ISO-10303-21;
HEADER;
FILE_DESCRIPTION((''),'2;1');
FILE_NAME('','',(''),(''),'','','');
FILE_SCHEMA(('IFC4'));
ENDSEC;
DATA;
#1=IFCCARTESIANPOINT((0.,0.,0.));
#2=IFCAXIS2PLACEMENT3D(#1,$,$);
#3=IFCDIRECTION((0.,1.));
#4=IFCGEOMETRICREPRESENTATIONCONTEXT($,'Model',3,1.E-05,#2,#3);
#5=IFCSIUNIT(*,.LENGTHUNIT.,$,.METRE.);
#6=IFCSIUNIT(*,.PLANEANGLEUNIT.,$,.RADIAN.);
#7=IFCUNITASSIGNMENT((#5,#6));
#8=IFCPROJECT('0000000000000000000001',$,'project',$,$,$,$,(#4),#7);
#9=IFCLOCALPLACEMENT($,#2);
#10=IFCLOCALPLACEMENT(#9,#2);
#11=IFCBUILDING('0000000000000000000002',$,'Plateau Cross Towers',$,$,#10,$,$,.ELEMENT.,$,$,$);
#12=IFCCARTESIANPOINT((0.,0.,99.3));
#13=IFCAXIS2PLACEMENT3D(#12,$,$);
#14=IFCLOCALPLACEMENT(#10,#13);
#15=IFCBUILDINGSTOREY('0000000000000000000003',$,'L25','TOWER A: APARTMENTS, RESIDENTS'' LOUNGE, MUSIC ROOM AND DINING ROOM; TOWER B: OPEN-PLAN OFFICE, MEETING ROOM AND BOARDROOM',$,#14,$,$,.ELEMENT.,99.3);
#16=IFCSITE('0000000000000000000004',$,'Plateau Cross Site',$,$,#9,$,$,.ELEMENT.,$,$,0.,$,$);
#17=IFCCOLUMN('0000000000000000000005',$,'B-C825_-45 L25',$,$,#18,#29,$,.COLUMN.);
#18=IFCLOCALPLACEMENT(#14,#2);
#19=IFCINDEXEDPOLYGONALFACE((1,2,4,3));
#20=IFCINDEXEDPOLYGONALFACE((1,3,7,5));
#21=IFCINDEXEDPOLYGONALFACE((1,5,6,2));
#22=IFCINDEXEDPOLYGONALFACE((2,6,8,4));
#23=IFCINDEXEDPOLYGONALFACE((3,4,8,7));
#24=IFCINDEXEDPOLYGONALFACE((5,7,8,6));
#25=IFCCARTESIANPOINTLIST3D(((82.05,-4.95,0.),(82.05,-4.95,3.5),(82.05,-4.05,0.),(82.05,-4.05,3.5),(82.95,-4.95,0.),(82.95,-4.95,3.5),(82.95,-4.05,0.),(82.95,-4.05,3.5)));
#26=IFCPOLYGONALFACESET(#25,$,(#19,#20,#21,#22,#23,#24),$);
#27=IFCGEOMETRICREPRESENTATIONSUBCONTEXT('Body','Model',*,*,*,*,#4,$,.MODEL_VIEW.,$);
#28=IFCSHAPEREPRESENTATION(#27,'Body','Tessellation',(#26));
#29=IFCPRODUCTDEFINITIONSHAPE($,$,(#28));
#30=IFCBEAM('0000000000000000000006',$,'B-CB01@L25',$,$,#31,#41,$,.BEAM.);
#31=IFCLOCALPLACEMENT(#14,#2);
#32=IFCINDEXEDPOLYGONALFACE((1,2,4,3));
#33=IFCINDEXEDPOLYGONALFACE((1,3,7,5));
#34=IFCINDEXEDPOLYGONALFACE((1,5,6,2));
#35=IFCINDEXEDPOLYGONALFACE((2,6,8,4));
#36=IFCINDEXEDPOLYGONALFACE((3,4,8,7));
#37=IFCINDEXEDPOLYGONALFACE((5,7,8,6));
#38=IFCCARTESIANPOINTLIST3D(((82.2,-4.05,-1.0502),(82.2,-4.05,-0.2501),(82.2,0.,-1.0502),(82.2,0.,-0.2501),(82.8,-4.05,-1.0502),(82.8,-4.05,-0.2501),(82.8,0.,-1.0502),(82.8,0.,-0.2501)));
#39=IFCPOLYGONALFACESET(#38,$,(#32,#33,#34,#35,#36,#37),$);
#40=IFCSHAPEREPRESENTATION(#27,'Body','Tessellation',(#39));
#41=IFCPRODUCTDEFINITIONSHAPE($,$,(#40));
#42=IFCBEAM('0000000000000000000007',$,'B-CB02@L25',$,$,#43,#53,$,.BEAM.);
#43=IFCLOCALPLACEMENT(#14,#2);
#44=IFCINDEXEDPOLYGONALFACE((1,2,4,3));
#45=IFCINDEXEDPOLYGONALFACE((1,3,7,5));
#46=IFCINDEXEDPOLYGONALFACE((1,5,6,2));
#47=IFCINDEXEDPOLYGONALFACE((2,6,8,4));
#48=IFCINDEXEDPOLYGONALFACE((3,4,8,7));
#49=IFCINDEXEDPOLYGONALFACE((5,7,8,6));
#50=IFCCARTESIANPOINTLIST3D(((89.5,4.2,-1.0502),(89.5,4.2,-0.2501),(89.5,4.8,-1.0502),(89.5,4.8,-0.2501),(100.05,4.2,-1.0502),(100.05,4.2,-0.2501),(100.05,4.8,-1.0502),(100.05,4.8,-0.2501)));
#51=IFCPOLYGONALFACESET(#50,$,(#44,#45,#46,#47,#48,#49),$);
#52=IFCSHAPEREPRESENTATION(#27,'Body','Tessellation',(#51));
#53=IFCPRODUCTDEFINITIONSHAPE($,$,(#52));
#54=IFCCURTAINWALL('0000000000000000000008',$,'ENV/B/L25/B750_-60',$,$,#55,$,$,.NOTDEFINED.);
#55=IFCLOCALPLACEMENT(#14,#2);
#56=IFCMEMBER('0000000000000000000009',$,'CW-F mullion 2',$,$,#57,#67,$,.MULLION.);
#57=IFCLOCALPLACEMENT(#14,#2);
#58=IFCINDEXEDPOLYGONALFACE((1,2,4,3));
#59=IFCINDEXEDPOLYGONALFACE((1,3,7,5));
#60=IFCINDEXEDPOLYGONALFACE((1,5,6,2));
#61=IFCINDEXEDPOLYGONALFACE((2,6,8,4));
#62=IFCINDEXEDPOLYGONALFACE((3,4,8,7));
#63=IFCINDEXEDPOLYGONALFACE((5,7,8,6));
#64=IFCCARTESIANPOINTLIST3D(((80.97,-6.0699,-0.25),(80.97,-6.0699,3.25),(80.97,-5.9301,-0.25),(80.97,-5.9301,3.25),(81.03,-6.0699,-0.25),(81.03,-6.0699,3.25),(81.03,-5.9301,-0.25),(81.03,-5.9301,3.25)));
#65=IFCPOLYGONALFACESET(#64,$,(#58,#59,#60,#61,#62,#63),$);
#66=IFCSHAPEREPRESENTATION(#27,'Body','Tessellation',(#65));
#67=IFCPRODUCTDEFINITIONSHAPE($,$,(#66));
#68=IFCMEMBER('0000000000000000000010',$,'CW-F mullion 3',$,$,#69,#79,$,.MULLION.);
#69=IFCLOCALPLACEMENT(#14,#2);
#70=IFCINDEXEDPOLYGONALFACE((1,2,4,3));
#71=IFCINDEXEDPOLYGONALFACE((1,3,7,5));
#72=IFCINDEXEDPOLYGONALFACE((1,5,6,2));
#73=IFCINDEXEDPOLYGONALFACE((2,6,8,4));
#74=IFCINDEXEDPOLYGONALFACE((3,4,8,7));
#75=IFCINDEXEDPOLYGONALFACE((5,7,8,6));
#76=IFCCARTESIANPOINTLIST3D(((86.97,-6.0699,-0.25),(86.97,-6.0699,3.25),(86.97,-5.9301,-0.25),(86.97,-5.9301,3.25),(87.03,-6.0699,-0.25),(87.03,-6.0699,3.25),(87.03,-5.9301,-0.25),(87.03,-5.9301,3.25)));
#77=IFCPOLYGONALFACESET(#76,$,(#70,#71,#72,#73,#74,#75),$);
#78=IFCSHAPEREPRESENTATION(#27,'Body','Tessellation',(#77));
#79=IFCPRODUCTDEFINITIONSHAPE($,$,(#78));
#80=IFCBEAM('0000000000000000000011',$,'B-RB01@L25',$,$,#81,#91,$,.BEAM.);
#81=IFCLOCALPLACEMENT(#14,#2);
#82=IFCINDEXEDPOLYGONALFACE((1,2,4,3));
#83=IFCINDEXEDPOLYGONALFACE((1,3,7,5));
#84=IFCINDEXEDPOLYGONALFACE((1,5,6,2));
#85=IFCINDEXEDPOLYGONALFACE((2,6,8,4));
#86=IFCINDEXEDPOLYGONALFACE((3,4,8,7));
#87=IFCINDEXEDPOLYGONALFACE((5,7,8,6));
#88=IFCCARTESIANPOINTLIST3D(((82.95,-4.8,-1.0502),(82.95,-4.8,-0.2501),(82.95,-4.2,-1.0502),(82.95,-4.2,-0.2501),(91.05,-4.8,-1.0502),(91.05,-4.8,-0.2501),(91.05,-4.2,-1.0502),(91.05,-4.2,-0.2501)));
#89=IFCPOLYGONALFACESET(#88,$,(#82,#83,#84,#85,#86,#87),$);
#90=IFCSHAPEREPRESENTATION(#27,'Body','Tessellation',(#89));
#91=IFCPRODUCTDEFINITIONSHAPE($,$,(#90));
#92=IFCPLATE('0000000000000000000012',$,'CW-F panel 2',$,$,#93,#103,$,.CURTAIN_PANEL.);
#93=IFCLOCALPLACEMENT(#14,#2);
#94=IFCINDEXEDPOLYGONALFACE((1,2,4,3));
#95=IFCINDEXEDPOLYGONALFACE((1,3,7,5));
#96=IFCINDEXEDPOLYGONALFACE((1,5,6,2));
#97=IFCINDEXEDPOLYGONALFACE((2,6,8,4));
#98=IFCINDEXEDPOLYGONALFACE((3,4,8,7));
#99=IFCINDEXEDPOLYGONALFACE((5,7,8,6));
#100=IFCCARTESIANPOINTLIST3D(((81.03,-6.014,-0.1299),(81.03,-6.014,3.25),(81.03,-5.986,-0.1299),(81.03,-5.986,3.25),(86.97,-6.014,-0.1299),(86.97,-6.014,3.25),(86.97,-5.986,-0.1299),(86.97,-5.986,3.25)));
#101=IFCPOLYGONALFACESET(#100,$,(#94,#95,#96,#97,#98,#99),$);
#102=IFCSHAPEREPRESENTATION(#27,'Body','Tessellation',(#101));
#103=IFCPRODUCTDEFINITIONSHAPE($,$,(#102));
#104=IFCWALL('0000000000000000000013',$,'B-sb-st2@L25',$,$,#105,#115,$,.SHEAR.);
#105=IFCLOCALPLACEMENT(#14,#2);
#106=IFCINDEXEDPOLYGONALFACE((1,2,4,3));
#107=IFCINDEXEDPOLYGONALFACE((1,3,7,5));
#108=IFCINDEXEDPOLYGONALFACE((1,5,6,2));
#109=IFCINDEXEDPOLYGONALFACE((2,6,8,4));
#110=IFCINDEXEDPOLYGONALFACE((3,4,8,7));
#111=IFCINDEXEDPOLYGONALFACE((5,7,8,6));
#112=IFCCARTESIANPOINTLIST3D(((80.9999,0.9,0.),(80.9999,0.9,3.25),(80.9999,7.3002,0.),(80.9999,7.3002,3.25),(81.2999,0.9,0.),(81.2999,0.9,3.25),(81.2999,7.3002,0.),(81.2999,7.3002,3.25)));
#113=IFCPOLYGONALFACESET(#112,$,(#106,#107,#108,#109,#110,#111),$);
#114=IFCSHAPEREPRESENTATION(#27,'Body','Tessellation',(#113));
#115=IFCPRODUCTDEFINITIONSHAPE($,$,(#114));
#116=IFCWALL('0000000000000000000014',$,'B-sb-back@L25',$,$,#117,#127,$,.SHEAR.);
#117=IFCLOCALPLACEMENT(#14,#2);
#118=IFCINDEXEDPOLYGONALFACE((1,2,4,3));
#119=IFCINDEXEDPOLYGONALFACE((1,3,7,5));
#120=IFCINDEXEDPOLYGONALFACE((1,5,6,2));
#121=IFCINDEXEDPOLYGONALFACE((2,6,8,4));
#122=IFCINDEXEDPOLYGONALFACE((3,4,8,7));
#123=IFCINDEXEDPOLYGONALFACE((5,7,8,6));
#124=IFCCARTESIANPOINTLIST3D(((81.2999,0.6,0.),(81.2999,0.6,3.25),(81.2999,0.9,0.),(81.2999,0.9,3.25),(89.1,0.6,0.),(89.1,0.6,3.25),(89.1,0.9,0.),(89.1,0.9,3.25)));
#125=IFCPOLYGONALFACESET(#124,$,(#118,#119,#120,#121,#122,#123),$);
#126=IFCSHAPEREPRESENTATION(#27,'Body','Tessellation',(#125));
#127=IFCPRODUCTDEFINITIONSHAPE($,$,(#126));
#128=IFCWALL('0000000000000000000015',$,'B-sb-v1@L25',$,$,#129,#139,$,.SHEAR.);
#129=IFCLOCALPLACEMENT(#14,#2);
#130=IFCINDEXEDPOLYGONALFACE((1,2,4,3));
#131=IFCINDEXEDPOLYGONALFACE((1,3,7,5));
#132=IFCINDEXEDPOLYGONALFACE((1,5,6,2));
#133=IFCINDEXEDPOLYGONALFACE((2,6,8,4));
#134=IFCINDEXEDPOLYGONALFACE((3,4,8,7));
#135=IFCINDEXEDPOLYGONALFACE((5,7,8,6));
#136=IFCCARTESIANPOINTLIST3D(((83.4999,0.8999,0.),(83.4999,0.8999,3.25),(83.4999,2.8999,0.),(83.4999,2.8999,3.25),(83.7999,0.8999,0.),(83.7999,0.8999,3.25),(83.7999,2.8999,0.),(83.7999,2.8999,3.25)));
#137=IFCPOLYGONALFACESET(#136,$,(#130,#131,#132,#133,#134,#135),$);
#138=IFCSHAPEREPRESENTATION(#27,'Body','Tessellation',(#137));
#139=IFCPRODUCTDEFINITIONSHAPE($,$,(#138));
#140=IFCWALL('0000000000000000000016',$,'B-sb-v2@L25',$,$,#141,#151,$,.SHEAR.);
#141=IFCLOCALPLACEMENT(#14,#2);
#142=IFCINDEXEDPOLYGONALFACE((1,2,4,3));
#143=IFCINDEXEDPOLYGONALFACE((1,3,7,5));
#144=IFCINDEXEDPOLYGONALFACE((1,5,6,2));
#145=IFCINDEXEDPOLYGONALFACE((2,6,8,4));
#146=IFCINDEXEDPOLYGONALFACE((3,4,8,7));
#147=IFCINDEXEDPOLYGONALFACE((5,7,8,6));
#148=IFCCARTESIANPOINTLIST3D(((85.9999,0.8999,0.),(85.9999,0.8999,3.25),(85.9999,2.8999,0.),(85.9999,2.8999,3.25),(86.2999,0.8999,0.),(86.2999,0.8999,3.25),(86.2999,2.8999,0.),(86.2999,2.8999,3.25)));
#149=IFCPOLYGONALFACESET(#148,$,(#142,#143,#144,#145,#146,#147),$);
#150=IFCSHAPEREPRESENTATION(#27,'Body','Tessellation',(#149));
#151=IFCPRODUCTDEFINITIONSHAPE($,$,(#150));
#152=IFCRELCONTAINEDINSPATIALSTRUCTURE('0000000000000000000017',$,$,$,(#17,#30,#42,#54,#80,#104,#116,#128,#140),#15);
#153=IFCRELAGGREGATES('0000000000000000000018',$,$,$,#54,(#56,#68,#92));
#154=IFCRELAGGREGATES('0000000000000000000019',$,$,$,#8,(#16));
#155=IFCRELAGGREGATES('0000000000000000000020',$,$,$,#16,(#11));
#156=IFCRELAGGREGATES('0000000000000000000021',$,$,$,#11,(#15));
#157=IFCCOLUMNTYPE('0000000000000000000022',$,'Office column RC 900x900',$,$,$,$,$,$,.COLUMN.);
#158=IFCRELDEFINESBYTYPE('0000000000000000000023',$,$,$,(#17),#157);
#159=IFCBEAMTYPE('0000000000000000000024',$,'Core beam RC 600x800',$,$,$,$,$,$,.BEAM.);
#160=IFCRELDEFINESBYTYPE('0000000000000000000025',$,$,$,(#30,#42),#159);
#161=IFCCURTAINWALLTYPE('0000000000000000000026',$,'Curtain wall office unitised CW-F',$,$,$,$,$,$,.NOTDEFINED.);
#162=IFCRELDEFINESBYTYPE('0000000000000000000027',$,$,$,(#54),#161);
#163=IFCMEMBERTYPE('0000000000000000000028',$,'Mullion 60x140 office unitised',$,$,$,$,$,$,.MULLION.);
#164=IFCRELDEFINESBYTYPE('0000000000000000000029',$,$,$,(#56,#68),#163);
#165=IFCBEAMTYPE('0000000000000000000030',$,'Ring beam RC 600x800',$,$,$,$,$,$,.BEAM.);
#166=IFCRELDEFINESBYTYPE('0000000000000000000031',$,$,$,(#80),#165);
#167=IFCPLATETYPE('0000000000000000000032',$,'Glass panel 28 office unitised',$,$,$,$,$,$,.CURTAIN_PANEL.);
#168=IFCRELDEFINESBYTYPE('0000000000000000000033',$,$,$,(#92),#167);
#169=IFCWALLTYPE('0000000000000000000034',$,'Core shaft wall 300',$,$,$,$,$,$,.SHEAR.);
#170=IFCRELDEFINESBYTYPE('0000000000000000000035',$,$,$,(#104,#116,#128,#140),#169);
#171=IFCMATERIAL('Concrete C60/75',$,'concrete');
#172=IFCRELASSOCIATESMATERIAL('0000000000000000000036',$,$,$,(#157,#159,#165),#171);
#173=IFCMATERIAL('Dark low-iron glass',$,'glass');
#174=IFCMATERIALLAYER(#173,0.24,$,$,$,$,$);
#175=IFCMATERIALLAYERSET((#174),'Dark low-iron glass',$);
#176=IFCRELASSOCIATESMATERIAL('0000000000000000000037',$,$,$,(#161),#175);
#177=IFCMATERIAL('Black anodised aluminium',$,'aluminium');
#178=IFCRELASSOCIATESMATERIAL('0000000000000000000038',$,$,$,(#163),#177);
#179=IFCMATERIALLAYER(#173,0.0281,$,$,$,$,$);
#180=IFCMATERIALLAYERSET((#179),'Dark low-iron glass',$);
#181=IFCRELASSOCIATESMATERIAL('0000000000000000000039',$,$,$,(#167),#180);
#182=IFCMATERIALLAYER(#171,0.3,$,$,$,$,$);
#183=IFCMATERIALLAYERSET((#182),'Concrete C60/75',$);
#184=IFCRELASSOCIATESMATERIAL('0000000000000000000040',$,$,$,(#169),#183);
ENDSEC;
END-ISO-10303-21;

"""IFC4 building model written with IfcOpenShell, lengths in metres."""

from ifc_helpers import new_model, si_unit, direction, frame, frame_2d, origin, origin_2d, place, context, subcontext, project, spatial, rectangle, extrude, material, layer, layer_set, material_profile, profile_set, type_object, element, aggregate, save


model = new_model("IFC4")

# Units and contexts
model_context = context("Model", 3, precision=1e-05, world=origin(), true_north=direction((0.0, 1.0)))
body_context = subcontext(model_context, "Body", "Model", "MODEL_VIEW")
ifc_project = project(units=[si_unit("LENGTHUNIT", "METRE"), si_unit("PLANEANGLEUNIT", "RADIAN")], contexts=[model_context])

# Site, building, storey
site_placement = place(None, origin())
site = spatial("IfcSite", under=ifc_project, at=site_placement, Name="Plateau Cross Site", CompositionType="ELEMENT", RefElevation=0.0)
building_placement = place(site_placement, origin())
building = spatial("IfcBuilding", under=site, at=building_placement, Name="Plateau Cross Towers", CompositionType="ELEMENT")
storey_placement = place(building_placement, frame((0.0, 0.0, 99.3)))
storey = spatial("IfcBuildingStorey", under=building, at=storey_placement, Name="L25", Description="TOWER A: APARTMENTS, RESIDENTS' LOUNGE, MUSIC ROOM AND DINING ROOM; TOWER B: OPEN-PLAN OFFICE, MEETING ROOM AND BOARDROOM", CompositionType="ELEMENT", Elevation=99.3)

# Column
ifc_material_1 = material(Name="Concrete C60/75", Category="concrete")
ifc_material_profile_1 = material_profile(ifc_material_1, rectangle(XDim=0.8999, YDim=0.8999, at=origin_2d()), Name="RC 900x900")
ifc_profile_set_1 = profile_set([ifc_material_profile_1], Name="Concrete C60/75")
column_type = type_object("IfcColumnType", Name="Office column RC 900x900", PredefinedType="COLUMN", material=ifc_profile_set_1)
column_placement = place(storey_placement, frame((82.5, -4.5, 0.0), z_axis=(0.0, 0.0, 1.0), x_axis=(1.0, 0.0, 0.0)))
element("IfcColumn", 1, at=column_placement, inside=storey, type_object=column_type, Name="B-C825_-45 L25", PredefinedType="COLUMN", context=body_context, shape_type="SweptSolid", body=[
    extrude(rectangle(XDim=0.8999, YDim=0.8999, at=origin_2d()), origin(), (0.0, 0.0, 1.0), 3.5),
])

# Beams
ifc_material_profile_2 = material_profile(ifc_material_1, rectangle(XDim=0.6001, YDim=0.8, at=origin_2d()), Name="RC 600x800")
ifc_profile_set_2 = profile_set([ifc_material_profile_2], Name="Concrete C60/75")
beam_type_1 = type_object("IfcBeamType", Name="Core beam RC 600x800", PredefinedType="BEAM", material=ifc_profile_set_2)
beam_1_placement = place(storey_placement, frame((82.5, 0.0, -0.6501), z_axis=(0.0, -1.0, 0.0), x_axis=(1.0, 0.0, 0.0)))
element("IfcBeam", 2, at=beam_1_placement, inside=storey, type_object=beam_type_1, Name="B-CB01@L25", PredefinedType="BEAM", context=body_context, shape_type="SweptSolid", body=[
    extrude(rectangle(XDim=0.6001, YDim=0.8, at=origin_2d()), origin(), (0.0, 0.0, 1.0), 4.05),
])
beam_2_placement = place(storey_placement, frame((89.5, 4.5, -0.6501), z_axis=(1.0, 0.0, 0.0), x_axis=(0.0, 1.0, 0.0)))
element("IfcBeam", 3, at=beam_2_placement, inside=storey, type_object=beam_type_1, Name="B-CB02@L25", PredefinedType="BEAM", context=body_context, shape_type="SweptSolid", body=[
    extrude(rectangle(XDim=0.6001, YDim=0.8, at=origin_2d()), origin(), (0.0, 0.0, 1.0), 10.55),
])

# Curtain wall, members
ifc_material_2 = material(Name="Dark low-iron glass", Category="glass")
ifc_layer_1 = layer(ifc_material_2, 0.24)
ifc_layer_set_1 = layer_set([ifc_layer_1], Name="Dark low-iron glass")
curtain_wall_type = type_object("IfcCurtainWallType", Name="Curtain wall office unitised CW-F", PredefinedType="NOTDEFINED", material=ifc_layer_set_1)
curtain_wall_placement = place(storey_placement, origin())
curtain_wall = element("IfcCurtainWall", 4, at=curtain_wall_placement, inside=storey, type_object=curtain_wall_type, Name="ENV/B/L25/B750_-60", PredefinedType="NOTDEFINED")
ifc_material_3 = material(Name="Black anodised aluminium", Category="aluminium")
ifc_material_profile_3 = material_profile(ifc_material_3, rectangle(XDim=0.0601, YDim=0.1399, at=origin_2d()), Name="MULLION 60x140")
ifc_profile_set_3 = profile_set([ifc_material_profile_3], Name="Black anodised aluminium")
member_type = type_object("IfcMemberType", Name="Mullion 60x140 office unitised", PredefinedType="MULLION", material=ifc_profile_set_3)
member_1_placement = place(storey_placement, frame((81.0, -6.0, -0.25), z_axis=(0.0, 0.0, 1.0), x_axis=(1.0, 0.0, 0.0)))
member_1 = element("IfcMember", 5, at=member_1_placement, type_object=member_type, Name="CW-F mullion 2", PredefinedType="MULLION", context=body_context, shape_type="SweptSolid", body=[
    extrude(rectangle(XDim=0.0601, YDim=0.1399, at=origin_2d()), origin(), (0.0, 0.0, 1.0), 3.5),
])
member_2_placement = place(storey_placement, frame((87.0, -6.0, -0.25), z_axis=(0.0, 0.0, 1.0), x_axis=(1.0, 0.0, 0.0)))
member_2 = element("IfcMember", 6, at=member_2_placement, type_object=member_type, Name="CW-F mullion 3", PredefinedType="MULLION", context=body_context, shape_type="SweptSolid", body=[
    extrude(rectangle(XDim=0.0601, YDim=0.1399, at=origin_2d()), origin(), (0.0, 0.0, 1.0), 3.5),
])

# Beam
ifc_material_profile_4 = material_profile(ifc_material_1, rectangle(XDim=0.6001, YDim=0.8, at=origin_2d()), Name="RC 600x800")
ifc_profile_set_4 = profile_set([ifc_material_profile_4], Name="Concrete C60/75")
beam_type_2 = type_object("IfcBeamType", Name="Ring beam RC 600x800", PredefinedType="BEAM", material=ifc_profile_set_4)
beam_3_placement = place(storey_placement, frame((82.95, -4.5, -0.6501), z_axis=(1.0, 0.0, 0.0), x_axis=(0.0, 1.0, 0.0)))
element("IfcBeam", 7, at=beam_3_placement, inside=storey, type_object=beam_type_2, Name="B-RB01@L25", PredefinedType="BEAM", context=body_context, shape_type="SweptSolid", body=[
    extrude(rectangle(XDim=0.6001, YDim=0.8, at=origin_2d()), origin(), (0.0, 0.0, 1.0), 8.1001),
])

# Plate
ifc_layer_2 = layer(ifc_material_2, 0.0281)
ifc_layer_set_2 = layer_set([ifc_layer_2], Name="Dark low-iron glass")
plate_type = type_object("IfcPlateType", Name="Glass panel 28 office unitised", PredefinedType="CURTAIN_PANEL", material=ifc_layer_set_2)
plate_placement = place(storey_placement, frame((84.0, -6.0, -0.1299), z_axis=(0.0, 0.0, 1.0), x_axis=(1.0, 0.0, 0.0)))
plate = element("IfcPlate", 8, at=plate_placement, type_object=plate_type, Name="CW-F panel 2", PredefinedType="CURTAIN_PANEL", context=body_context, shape_type="SweptSolid", body=[
    extrude(rectangle(XDim=5.9399, YDim=0.0281, at=origin_2d()), origin(), (0.0, 0.0, 1.0), 3.3799),
])
aggregate(curtain_wall, [member_1, member_2, plate])

# Walls
ifc_layer_3 = layer(ifc_material_1, 0.3)
ifc_layer_set_3 = layer_set([ifc_layer_3], Name="Concrete C60/75")
wall_type_1 = type_object("IfcWallType", Name="Core shaft wall 300", PredefinedType="SHEAR", material=ifc_layer_set_3)
wall_1_placement = place(storey_placement, frame((81.1499, 0.8999, 0.0), z_axis=(0.0, 0.0, 1.0), x_axis=(0.0, 1.0, 0.0)))
element("IfcWall", 9, at=wall_1_placement, inside=storey, type_object=wall_type_1, Name="B-sb-st2@L25", PredefinedType="SHEAR", context=body_context, shape_type="SweptSolid", body=[
    extrude(rectangle(XDim=6.4001, YDim=0.3, at=frame_2d((3.2002, 0.0))), origin(), (0.0, 0.0, 1.0), 3.25),
])
wall_2_placement = place(storey_placement, frame((81.3, 0.75, 0.0), z_axis=(0.0, 0.0, 1.0), x_axis=(1.0, 0.0, 0.0)))
element("IfcWall", 10, at=wall_2_placement, inside=storey, type_object=wall_type_1, Name="B-sb-back@L25", PredefinedType="SHEAR", context=body_context, shape_type="SweptSolid", body=[
    extrude(rectangle(XDim=7.8, YDim=0.3, at=frame_2d((3.8999, 0.0))), origin(), (0.0, 0.0, 1.0), 3.25),
])
for number, where, z_axis, x_axis, name in (
    (11, (83.6499, 0.8999, 0.0), (0.0, 0.0, 1.0), (0.0, 1.0, 0.0), "B-sb-v1@L25"),
    (12, (86.1499, 0.8999, 0.0), (0.0, 0.0, 1.0), (0.0, 1.0, 0.0), "B-sb-v2@L25"),
):
    element("IfcWall", number, at=place(storey_placement, frame(where, z_axis=z_axis, x_axis=x_axis)), inside=storey, type_object=wall_type_1, Name=name, PredefinedType="SHEAR", context=body_context, shape_type="SweptSolid", body=[
        extrude(rectangle(XDim=2.0, YDim=0.3, at=frame_2d((1.0, 0.0))), origin(), (0.0, 0.0, 1.0), 3.25),
    ])

save(model, "model.ifc")
